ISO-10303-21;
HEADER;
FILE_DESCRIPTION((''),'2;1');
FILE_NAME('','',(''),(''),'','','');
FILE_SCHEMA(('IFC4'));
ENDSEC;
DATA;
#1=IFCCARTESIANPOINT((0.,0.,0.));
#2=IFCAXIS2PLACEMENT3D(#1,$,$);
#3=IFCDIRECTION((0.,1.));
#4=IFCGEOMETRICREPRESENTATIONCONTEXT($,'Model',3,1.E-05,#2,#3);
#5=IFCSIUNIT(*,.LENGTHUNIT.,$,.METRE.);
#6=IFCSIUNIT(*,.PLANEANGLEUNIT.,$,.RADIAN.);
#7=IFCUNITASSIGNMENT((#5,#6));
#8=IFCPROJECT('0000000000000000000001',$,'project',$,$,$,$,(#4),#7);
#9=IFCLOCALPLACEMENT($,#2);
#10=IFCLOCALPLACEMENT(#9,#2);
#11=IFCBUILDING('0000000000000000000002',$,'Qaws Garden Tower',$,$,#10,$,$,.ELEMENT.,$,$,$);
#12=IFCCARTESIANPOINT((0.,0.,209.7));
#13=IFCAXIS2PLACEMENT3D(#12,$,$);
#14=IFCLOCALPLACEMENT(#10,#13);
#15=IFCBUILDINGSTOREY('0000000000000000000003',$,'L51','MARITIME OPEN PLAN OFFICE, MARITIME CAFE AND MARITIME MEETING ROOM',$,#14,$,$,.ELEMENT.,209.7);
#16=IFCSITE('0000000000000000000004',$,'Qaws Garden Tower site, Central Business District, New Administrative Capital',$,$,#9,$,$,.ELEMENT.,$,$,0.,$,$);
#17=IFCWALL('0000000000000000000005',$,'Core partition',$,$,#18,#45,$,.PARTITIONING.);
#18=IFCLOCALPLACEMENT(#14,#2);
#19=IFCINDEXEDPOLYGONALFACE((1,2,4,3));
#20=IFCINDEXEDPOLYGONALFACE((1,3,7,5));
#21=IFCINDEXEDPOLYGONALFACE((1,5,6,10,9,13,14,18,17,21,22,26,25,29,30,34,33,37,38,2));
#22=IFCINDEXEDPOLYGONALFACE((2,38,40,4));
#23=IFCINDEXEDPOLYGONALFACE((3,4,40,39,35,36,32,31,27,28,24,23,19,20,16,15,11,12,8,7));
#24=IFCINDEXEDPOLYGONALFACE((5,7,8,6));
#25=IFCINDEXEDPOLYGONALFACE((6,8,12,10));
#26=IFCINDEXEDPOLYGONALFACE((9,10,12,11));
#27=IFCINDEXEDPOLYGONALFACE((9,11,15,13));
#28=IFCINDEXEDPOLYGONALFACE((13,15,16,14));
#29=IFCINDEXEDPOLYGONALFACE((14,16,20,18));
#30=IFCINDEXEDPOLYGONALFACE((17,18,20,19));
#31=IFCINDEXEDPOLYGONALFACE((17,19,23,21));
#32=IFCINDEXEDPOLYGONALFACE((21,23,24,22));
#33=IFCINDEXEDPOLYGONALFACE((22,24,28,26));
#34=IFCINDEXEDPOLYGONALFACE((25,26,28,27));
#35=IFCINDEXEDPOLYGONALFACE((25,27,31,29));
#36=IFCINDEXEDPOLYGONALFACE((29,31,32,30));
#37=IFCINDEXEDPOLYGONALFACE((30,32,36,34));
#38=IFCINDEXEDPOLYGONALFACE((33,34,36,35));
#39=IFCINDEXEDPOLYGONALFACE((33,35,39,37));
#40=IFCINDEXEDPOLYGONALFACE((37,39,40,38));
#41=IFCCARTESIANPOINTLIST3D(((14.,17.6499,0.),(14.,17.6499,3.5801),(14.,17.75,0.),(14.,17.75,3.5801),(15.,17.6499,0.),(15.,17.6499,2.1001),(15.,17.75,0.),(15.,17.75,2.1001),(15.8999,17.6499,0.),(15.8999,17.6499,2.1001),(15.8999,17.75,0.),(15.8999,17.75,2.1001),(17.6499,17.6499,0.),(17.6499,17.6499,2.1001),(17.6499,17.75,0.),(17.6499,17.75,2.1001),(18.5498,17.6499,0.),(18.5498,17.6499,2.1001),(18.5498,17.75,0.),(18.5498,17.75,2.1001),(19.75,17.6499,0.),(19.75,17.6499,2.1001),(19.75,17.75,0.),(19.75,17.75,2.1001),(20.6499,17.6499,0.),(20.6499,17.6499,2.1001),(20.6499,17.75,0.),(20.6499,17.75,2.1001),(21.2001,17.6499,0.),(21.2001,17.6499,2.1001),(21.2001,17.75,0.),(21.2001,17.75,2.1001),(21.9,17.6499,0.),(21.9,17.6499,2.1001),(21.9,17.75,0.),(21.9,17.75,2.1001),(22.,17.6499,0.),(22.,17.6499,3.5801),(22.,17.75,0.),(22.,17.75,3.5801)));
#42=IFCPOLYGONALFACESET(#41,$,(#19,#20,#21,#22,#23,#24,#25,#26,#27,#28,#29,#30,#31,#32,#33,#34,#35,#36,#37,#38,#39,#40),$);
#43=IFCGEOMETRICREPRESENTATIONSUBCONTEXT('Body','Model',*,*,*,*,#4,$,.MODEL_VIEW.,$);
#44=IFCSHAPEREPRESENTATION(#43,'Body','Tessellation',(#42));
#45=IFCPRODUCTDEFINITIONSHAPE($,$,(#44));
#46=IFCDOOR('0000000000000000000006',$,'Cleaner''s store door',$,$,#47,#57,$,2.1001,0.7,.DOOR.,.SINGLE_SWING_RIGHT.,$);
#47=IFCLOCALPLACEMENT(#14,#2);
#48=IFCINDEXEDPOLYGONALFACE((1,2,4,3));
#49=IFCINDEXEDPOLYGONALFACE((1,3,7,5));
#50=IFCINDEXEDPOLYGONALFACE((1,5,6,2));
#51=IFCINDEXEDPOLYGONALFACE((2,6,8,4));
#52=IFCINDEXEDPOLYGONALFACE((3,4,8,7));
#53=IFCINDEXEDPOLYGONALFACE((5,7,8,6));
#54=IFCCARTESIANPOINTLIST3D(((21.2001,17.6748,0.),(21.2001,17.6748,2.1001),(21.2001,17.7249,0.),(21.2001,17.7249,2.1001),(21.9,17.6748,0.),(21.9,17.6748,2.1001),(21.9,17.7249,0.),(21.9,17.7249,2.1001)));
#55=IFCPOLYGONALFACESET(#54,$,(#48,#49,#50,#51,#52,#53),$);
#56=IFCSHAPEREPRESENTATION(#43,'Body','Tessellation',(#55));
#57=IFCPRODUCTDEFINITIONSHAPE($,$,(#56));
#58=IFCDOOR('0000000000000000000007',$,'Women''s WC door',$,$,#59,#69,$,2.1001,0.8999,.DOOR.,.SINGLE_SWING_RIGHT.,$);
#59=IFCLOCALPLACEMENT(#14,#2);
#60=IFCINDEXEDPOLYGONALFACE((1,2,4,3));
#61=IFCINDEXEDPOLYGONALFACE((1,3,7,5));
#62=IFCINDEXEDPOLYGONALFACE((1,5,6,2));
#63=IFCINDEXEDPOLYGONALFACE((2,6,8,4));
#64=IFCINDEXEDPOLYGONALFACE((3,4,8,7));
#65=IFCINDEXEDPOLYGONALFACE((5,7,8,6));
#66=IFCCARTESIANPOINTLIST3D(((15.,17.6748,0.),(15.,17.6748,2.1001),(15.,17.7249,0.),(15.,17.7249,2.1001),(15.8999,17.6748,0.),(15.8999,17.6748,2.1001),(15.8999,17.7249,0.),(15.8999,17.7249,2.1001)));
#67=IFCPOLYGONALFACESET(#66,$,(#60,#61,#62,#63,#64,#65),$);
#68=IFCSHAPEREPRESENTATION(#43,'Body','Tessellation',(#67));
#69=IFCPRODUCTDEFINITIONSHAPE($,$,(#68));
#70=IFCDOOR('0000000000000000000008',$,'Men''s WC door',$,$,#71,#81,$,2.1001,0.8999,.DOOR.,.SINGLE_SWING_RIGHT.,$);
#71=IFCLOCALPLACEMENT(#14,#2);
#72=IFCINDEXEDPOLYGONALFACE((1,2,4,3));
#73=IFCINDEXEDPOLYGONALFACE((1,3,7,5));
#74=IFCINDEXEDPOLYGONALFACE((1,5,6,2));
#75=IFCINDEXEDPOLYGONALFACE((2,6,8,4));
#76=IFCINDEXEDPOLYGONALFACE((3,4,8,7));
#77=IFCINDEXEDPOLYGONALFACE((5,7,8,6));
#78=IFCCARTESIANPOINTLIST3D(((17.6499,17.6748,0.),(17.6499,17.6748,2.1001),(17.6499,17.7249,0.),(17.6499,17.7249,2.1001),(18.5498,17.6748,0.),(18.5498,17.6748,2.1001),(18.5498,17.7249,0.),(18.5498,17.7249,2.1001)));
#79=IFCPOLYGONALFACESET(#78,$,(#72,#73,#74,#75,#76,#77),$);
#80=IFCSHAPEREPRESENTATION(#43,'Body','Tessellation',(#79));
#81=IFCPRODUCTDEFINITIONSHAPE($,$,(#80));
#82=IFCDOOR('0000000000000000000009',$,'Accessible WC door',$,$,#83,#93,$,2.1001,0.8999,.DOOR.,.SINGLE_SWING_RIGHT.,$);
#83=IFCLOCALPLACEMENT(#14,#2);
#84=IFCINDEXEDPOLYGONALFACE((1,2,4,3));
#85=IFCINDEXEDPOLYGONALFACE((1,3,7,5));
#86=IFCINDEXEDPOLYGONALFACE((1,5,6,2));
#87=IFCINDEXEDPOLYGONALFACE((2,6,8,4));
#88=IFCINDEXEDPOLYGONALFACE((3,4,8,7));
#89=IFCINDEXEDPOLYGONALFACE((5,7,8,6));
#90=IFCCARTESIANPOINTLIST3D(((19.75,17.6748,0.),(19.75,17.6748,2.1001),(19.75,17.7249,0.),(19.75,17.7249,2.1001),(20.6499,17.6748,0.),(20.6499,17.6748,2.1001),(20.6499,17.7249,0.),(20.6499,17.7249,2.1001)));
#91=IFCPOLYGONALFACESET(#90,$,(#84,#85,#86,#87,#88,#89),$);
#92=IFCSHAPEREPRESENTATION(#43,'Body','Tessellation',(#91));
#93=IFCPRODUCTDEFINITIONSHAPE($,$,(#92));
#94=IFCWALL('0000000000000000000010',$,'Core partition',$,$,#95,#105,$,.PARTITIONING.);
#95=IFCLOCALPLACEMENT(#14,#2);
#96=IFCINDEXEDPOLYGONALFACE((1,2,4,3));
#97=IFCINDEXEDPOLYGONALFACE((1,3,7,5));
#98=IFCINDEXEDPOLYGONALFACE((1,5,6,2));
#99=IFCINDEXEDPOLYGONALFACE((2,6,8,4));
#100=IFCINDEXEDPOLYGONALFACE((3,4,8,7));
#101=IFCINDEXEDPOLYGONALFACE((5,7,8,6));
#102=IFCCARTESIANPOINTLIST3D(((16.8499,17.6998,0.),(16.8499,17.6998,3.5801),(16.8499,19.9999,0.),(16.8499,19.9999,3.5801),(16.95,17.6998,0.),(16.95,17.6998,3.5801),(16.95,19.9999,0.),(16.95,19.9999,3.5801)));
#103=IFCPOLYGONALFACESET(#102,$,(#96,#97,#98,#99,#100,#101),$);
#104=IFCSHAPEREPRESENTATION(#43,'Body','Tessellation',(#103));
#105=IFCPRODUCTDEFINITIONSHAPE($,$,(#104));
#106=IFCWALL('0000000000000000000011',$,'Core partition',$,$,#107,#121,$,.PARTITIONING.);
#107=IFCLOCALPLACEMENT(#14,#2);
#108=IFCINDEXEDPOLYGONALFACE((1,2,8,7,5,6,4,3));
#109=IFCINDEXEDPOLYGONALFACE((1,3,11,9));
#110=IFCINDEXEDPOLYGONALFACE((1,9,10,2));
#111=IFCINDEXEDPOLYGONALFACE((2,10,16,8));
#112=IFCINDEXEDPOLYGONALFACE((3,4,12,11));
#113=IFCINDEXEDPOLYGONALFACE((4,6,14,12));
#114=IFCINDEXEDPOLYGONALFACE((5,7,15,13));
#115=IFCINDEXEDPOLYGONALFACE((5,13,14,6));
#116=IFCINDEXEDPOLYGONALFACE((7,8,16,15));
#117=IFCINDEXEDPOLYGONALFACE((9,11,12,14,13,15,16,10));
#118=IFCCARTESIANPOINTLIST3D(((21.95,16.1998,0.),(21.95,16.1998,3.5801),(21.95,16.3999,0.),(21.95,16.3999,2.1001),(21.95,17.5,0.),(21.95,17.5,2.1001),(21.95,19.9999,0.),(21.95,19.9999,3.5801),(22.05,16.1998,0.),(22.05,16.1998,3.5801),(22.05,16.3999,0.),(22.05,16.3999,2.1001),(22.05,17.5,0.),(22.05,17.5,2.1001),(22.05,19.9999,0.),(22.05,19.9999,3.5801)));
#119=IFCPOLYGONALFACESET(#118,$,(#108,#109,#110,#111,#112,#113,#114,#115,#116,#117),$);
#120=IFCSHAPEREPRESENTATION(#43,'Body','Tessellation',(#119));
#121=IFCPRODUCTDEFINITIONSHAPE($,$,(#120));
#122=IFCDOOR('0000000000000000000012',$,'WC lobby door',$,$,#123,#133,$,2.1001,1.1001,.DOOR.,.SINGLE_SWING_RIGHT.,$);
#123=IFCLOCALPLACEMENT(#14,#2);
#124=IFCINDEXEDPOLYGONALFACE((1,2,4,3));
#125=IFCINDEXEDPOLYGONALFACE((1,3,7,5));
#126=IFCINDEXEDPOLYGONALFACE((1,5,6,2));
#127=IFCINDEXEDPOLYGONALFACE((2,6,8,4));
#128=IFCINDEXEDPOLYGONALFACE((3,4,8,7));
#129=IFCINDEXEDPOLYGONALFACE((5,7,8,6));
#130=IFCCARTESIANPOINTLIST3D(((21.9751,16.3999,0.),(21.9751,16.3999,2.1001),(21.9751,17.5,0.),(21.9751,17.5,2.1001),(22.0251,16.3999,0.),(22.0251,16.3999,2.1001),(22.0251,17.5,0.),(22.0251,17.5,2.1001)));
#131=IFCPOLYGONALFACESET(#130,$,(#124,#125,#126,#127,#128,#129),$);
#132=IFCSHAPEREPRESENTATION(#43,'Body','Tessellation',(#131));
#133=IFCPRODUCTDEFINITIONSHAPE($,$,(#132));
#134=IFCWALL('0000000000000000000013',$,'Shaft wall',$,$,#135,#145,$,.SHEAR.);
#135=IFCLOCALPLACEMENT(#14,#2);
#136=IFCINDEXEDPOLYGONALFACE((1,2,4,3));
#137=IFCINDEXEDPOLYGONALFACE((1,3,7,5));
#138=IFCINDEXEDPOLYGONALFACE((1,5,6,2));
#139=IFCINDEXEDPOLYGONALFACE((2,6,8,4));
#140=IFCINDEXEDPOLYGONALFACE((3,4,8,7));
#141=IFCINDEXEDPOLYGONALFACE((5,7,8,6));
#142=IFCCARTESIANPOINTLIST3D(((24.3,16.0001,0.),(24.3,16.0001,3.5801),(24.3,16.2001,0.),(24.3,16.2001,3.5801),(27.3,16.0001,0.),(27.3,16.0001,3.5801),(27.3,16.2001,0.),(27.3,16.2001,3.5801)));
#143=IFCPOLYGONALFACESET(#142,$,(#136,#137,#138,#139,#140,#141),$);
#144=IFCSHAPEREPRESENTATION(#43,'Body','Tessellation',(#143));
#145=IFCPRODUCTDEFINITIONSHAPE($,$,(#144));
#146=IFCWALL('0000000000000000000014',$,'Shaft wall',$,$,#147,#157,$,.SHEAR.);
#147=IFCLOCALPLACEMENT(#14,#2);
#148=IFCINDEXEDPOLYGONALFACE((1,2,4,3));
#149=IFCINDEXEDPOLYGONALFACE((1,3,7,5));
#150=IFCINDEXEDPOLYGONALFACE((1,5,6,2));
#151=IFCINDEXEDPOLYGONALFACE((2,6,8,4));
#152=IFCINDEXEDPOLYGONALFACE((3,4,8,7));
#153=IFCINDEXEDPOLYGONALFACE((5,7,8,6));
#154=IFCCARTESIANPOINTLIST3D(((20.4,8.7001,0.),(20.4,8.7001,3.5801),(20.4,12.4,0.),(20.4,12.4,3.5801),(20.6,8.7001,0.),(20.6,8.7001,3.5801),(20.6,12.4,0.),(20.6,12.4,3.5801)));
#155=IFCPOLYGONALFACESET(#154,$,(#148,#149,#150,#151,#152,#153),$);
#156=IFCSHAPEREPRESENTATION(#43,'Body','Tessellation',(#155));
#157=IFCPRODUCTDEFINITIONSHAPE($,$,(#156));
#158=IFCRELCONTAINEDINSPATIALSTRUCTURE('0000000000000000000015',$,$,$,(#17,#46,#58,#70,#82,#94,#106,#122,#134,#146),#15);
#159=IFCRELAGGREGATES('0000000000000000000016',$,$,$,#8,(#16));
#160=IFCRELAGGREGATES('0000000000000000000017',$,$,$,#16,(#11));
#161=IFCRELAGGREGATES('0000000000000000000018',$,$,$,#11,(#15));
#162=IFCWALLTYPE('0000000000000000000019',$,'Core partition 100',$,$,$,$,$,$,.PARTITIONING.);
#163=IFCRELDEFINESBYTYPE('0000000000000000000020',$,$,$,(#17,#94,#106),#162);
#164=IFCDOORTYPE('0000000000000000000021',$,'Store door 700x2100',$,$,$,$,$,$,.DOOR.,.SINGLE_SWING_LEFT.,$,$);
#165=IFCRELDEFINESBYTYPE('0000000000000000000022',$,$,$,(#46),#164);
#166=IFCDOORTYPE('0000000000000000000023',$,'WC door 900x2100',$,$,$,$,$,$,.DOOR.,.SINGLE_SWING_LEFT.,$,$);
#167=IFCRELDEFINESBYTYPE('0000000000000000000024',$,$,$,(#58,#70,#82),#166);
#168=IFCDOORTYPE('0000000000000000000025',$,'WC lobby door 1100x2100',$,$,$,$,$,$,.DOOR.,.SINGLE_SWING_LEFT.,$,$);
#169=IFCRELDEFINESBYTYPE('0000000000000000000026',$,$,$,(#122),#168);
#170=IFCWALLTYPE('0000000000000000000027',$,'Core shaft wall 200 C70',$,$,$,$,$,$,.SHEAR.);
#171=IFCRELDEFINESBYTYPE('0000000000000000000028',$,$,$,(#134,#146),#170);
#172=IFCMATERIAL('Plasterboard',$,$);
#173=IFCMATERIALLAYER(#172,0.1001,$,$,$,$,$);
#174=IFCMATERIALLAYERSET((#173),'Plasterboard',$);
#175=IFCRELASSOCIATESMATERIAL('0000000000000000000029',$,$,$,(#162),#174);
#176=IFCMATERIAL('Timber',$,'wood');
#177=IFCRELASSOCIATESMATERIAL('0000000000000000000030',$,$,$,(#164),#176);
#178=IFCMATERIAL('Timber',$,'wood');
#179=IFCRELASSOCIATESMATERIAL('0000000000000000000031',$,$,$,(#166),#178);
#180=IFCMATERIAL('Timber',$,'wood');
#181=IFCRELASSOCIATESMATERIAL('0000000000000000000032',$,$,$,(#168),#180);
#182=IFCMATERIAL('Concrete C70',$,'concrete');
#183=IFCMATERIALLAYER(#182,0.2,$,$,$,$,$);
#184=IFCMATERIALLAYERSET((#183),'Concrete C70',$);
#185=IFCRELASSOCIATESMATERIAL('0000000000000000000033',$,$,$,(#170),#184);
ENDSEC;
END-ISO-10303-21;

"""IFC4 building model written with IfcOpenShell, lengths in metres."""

from ifc_helpers import new_model, si_unit, direction, frame, frame_2d, origin, place, context, subcontext, project, spatial, rectangle, extrude, material, layer, layer_set, type_object, element, fill, save


model = new_model("IFC4")

# Units and contexts
model_context = context("Model", 3, precision=1e-05, world=origin(), true_north=direction((0.0, 1.0)))
body_context = subcontext(model_context, "Body", "Model", "MODEL_VIEW")
ifc_project = project(units=[si_unit("LENGTHUNIT", "METRE"), si_unit("PLANEANGLEUNIT", "RADIAN")], contexts=[model_context])

# Site, building, storey
site_placement = place(None, origin())
site = spatial("IfcSite", under=ifc_project, at=site_placement, Name="Qaws Garden Tower site, Central Business District, New Administrative Capital", CompositionType="ELEMENT", RefElevation=0.0)
building_placement = place(site_placement, origin())
building = spatial("IfcBuilding", under=site, at=building_placement, Name="Qaws Garden Tower", CompositionType="ELEMENT")
storey_placement = place(building_placement, frame((0.0, 0.0, 209.7)))
storey = spatial("IfcBuildingStorey", under=building, at=storey_placement, Name="L51", Description="MARITIME OPEN PLAN OFFICE, MARITIME CAFE AND MARITIME MEETING ROOM", CompositionType="ELEMENT", Elevation=209.7)

# Wall, openings, doors
ifc_material_1 = material(Name="Plasterboard")
ifc_layer_1 = layer(ifc_material_1, 0.1001)
ifc_layer_set_1 = layer_set([ifc_layer_1], Name="Plasterboard")
wall_type_1 = type_object("IfcWallType", Name="Core partition 100", PredefinedType="PARTITIONING", material=ifc_layer_set_1)
wall_1_placement = place(storey_placement, frame((14.0, 17.7, 0.0), z_axis=(0.0, 0.0, 1.0), x_axis=(1.0, 0.0, 0.0)))
wall_1 = element("IfcWall", 1, at=wall_1_placement, inside=storey, type_object=wall_type_1, Name="Core partition", PredefinedType="PARTITIONING", context=body_context, shape_type="SweptSolid", body=[
    extrude(rectangle(XDim=8.0, YDim=0.1001, at=frame_2d((4.0, 0.0))), origin(), (0.0, 0.0, 1.0), 3.5801),
])
opening_1_placement = place(wall_1_placement, frame((1.0, 0.0, 0.0)))
opening_1 = element("IfcOpeningElement", 2, at=opening_1_placement, cuts=wall_1, PredefinedType="OPENING", context=body_context, shape_type="SweptSolid", body=[
    extrude(rectangle(XDim=0.8999, YDim=2.1001, at=frame_2d((0.45, 1.05))), frame((0.0, 0.0601, 0.0), z_axis=(0.0, -1.0, 0.0), x_axis=(1.0, 0.0, 0.0)), (0.0, 0.0, 1.0), 0.1201),
])
opening_2_placement = place(wall_1_placement, frame((3.6499, 0.0, 0.0)))
opening_2 = element("IfcOpeningElement", 3, at=opening_2_placement, cuts=wall_1, PredefinedType="OPENING", context=body_context, shape_type="SweptSolid", body=[
    extrude(rectangle(XDim=0.8999, YDim=2.1001, at=frame_2d((0.45, 1.05))), frame((0.0, 0.0601, 0.0), z_axis=(0.0, -1.0, 0.0), x_axis=(1.0, 0.0, 0.0)), (0.0, 0.0, 1.0), 0.1201),
])
opening_3_placement = place(wall_1_placement, frame((5.75, 0.0, 0.0)))
opening_3 = element("IfcOpeningElement", 4, at=opening_3_placement, cuts=wall_1, PredefinedType="OPENING", context=body_context, shape_type="SweptSolid", body=[
    extrude(rectangle(XDim=0.8999, YDim=2.1001, at=frame_2d((0.45, 1.05))), frame((0.0, 0.0601, 0.0), z_axis=(0.0, -1.0, 0.0), x_axis=(1.0, 0.0, 0.0)), (0.0, 0.0, 1.0), 0.1201),
])
opening_4_placement = place(wall_1_placement, frame((7.2, 0.0, 0.0)))
opening_4 = element("IfcOpeningElement", 5, at=opening_4_placement, cuts=wall_1, PredefinedType="OPENING", context=body_context, shape_type="SweptSolid", body=[
    extrude(rectangle(XDim=0.7, YDim=2.1001, at=frame_2d((0.3501, 1.05))), frame((0.0, 0.0601, 0.0), z_axis=(0.0, -1.0, 0.0), x_axis=(1.0, 0.0, 0.0)), (0.0, 0.0, 1.0), 0.1201),
])
ifc_material_2 = material(Name="Timber", Category="wood")
door_type_1 = type_object("IfcDoorType", Name="Store door 700x2100", OperationType="SINGLE_SWING_LEFT", PredefinedType="DOOR", material=ifc_material_2)
door_1_placement = place(opening_4_placement, origin())
door_1 = element("IfcDoor", 6, at=door_1_placement, inside=storey, type_object=door_type_1, Name="Cleaner's store door", OperationType="SINGLE_SWING_RIGHT", OverallHeight=2.1001, OverallWidth=0.7, PredefinedType="DOOR", context=body_context, shape_type="SweptSolid", body=[
    extrude(rectangle(XDim=0.7, YDim=2.1001, at=frame_2d((0.3501, 1.05))), frame((0.0, 0.0249, 0.0), z_axis=(0.0, -1.0, 0.0), x_axis=(1.0, 0.0, 0.0)), (0.0, 0.0, 1.0), 0.05),
])
fill(opening_4, door_1)
ifc_material_3 = material(Name="Timber", Category="wood")
door_type_2 = type_object("IfcDoorType", Name="WC door 900x2100", OperationType="SINGLE_SWING_LEFT", PredefinedType="DOOR", material=ifc_material_3)
door_2_placement = place(opening_1_placement, origin())
door_2 = element("IfcDoor", 7, at=door_2_placement, inside=storey, type_object=door_type_2, Name="Women's WC door", OperationType="SINGLE_SWING_RIGHT", OverallHeight=2.1001, OverallWidth=0.8999, PredefinedType="DOOR", context=body_context, shape_type="SweptSolid", body=[
    extrude(rectangle(XDim=0.8999, YDim=2.1001, at=frame_2d((0.45, 1.05))), frame((0.0, 0.0249, 0.0), z_axis=(0.0, -1.0, 0.0), x_axis=(1.0, 0.0, 0.0)), (0.0, 0.0, 1.0), 0.05),
])
fill(opening_1, door_2)
door_3_placement = place(opening_2_placement, origin())
door_3 = element("IfcDoor", 8, at=door_3_placement, inside=storey, type_object=door_type_2, Name="Men's WC door", OperationType="SINGLE_SWING_RIGHT", OverallHeight=2.1001, OverallWidth=0.8999, PredefinedType="DOOR", context=body_context, shape_type="SweptSolid", body=[
    extrude(rectangle(XDim=0.8999, YDim=2.1001, at=frame_2d((0.45, 1.05))), frame((0.0, 0.0249, 0.0), z_axis=(0.0, -1.0, 0.0), x_axis=(1.0, 0.0, 0.0)), (0.0, 0.0, 1.0), 0.05),
])
fill(opening_2, door_3)
door_4_placement = place(opening_3_placement, origin())
door_4 = element("IfcDoor", 9, at=door_4_placement, inside=storey, type_object=door_type_2, Name="Accessible WC door", OperationType="SINGLE_SWING_RIGHT", OverallHeight=2.1001, OverallWidth=0.8999, PredefinedType="DOOR", context=body_context, shape_type="SweptSolid", body=[
    extrude(rectangle(XDim=0.8999, YDim=2.1001, at=frame_2d((0.45, 1.05))), frame((0.0, 0.0249, 0.0), z_axis=(0.0, -1.0, 0.0), x_axis=(1.0, 0.0, 0.0)), (0.0, 0.0, 1.0), 0.05),
])
fill(opening_3, door_4)

# Wall
wall_2_placement = place(storey_placement, frame((16.8999, 17.7, 0.0), z_axis=(0.0, 0.0, 1.0), x_axis=(0.0, 1.0, 0.0)))
element("IfcWall", 10, at=wall_2_placement, inside=storey, type_object=wall_type_1, Name="Core partition", PredefinedType="PARTITIONING", context=body_context, shape_type="SweptSolid", body=[
    extrude(rectangle(XDim=2.3, YDim=0.1001, at=frame_2d((1.1499, 0.0))), origin(), (0.0, 0.0, 1.0), 3.5801),
])

# Wall, opening, door
wall_3_placement = place(storey_placement, frame((22.0, 16.2, 0.0), z_axis=(0.0, 0.0, 1.0), x_axis=(0.0, 1.0, 0.0)))
wall_3 = element("IfcWall", 11, at=wall_3_placement, inside=storey, type_object=wall_type_1, Name="Core partition", PredefinedType="PARTITIONING", context=body_context, shape_type="SweptSolid", body=[
    extrude(rectangle(XDim=3.8, YDim=0.1001, at=frame_2d((1.8999, 0.0))), origin(), (0.0, 0.0, 1.0), 3.5801),
])
opening_5_placement = place(wall_3_placement, frame((0.2, 0.0, 0.0)))
opening_5 = element("IfcOpeningElement", 12, at=opening_5_placement, cuts=wall_3, PredefinedType="OPENING", context=body_context, shape_type="SweptSolid", body=[
    extrude(rectangle(XDim=1.1001, YDim=2.1001, at=frame_2d((0.55, 1.05))), frame((0.0, 0.0601, 0.0), z_axis=(0.0, -1.0, 0.0), x_axis=(1.0, 0.0, 0.0)), (0.0, 0.0, 1.0), 0.1201),
])
ifc_material_4 = material(Name="Timber", Category="wood")
door_type_3 = type_object("IfcDoorType", Name="WC lobby door 1100x2100", OperationType="SINGLE_SWING_LEFT", PredefinedType="DOOR", material=ifc_material_4)
door_5_placement = place(opening_5_placement, origin())
door_5 = element("IfcDoor", 13, at=door_5_placement, inside=storey, type_object=door_type_3, Name="WC lobby door", OperationType="SINGLE_SWING_RIGHT", OverallHeight=2.1001, OverallWidth=1.1001, PredefinedType="DOOR", context=body_context, shape_type="SweptSolid", body=[
    extrude(rectangle(XDim=1.1001, YDim=2.1001, at=frame_2d((0.55, 1.05))), frame((0.0, 0.0249, 0.0), z_axis=(0.0, -1.0, 0.0), x_axis=(1.0, 0.0, 0.0)), (0.0, 0.0, 1.0), 0.05),
])
fill(opening_5, door_5)

# Walls
ifc_material_5 = material(Name="Concrete C70", Category="concrete")
ifc_layer_2 = layer(ifc_material_5, 0.2)
ifc_layer_set_2 = layer_set([ifc_layer_2], Name="Concrete C70")
wall_type_2 = type_object("IfcWallType", Name="Core shaft wall 200 C70", PredefinedType="SHEAR", material=ifc_layer_set_2)
wall_4_placement = place(storey_placement, frame((24.3, 16.1001, 0.0), z_axis=(0.0, 0.0, 1.0), x_axis=(1.0, 0.0, 0.0)))
element("IfcWall", 14, at=wall_4_placement, inside=storey, type_object=wall_type_2, Name="Shaft wall", PredefinedType="SHEAR", context=body_context, shape_type="SweptSolid", body=[
    extrude(rectangle(XDim=3.0, YDim=0.2, at=frame_2d((1.5, 0.0))), origin(), (0.0, 0.0, 1.0), 3.5801),
])
wall_5_placement = place(storey_placement, frame((20.5, 8.7, 0.0), z_axis=(0.0, 0.0, 1.0), x_axis=(0.0, 1.0, 0.0)))
element("IfcWall", 15, at=wall_5_placement, inside=storey, type_object=wall_type_2, Name="Shaft wall", PredefinedType="SHEAR", context=body_context, shape_type="SweptSolid", body=[
    extrude(rectangle(XDim=3.7, YDim=0.2, at=frame_2d((1.8501, 0.0))), origin(), (0.0, 0.0, 1.0), 3.5801),
])

save(model, "model.ifc")
